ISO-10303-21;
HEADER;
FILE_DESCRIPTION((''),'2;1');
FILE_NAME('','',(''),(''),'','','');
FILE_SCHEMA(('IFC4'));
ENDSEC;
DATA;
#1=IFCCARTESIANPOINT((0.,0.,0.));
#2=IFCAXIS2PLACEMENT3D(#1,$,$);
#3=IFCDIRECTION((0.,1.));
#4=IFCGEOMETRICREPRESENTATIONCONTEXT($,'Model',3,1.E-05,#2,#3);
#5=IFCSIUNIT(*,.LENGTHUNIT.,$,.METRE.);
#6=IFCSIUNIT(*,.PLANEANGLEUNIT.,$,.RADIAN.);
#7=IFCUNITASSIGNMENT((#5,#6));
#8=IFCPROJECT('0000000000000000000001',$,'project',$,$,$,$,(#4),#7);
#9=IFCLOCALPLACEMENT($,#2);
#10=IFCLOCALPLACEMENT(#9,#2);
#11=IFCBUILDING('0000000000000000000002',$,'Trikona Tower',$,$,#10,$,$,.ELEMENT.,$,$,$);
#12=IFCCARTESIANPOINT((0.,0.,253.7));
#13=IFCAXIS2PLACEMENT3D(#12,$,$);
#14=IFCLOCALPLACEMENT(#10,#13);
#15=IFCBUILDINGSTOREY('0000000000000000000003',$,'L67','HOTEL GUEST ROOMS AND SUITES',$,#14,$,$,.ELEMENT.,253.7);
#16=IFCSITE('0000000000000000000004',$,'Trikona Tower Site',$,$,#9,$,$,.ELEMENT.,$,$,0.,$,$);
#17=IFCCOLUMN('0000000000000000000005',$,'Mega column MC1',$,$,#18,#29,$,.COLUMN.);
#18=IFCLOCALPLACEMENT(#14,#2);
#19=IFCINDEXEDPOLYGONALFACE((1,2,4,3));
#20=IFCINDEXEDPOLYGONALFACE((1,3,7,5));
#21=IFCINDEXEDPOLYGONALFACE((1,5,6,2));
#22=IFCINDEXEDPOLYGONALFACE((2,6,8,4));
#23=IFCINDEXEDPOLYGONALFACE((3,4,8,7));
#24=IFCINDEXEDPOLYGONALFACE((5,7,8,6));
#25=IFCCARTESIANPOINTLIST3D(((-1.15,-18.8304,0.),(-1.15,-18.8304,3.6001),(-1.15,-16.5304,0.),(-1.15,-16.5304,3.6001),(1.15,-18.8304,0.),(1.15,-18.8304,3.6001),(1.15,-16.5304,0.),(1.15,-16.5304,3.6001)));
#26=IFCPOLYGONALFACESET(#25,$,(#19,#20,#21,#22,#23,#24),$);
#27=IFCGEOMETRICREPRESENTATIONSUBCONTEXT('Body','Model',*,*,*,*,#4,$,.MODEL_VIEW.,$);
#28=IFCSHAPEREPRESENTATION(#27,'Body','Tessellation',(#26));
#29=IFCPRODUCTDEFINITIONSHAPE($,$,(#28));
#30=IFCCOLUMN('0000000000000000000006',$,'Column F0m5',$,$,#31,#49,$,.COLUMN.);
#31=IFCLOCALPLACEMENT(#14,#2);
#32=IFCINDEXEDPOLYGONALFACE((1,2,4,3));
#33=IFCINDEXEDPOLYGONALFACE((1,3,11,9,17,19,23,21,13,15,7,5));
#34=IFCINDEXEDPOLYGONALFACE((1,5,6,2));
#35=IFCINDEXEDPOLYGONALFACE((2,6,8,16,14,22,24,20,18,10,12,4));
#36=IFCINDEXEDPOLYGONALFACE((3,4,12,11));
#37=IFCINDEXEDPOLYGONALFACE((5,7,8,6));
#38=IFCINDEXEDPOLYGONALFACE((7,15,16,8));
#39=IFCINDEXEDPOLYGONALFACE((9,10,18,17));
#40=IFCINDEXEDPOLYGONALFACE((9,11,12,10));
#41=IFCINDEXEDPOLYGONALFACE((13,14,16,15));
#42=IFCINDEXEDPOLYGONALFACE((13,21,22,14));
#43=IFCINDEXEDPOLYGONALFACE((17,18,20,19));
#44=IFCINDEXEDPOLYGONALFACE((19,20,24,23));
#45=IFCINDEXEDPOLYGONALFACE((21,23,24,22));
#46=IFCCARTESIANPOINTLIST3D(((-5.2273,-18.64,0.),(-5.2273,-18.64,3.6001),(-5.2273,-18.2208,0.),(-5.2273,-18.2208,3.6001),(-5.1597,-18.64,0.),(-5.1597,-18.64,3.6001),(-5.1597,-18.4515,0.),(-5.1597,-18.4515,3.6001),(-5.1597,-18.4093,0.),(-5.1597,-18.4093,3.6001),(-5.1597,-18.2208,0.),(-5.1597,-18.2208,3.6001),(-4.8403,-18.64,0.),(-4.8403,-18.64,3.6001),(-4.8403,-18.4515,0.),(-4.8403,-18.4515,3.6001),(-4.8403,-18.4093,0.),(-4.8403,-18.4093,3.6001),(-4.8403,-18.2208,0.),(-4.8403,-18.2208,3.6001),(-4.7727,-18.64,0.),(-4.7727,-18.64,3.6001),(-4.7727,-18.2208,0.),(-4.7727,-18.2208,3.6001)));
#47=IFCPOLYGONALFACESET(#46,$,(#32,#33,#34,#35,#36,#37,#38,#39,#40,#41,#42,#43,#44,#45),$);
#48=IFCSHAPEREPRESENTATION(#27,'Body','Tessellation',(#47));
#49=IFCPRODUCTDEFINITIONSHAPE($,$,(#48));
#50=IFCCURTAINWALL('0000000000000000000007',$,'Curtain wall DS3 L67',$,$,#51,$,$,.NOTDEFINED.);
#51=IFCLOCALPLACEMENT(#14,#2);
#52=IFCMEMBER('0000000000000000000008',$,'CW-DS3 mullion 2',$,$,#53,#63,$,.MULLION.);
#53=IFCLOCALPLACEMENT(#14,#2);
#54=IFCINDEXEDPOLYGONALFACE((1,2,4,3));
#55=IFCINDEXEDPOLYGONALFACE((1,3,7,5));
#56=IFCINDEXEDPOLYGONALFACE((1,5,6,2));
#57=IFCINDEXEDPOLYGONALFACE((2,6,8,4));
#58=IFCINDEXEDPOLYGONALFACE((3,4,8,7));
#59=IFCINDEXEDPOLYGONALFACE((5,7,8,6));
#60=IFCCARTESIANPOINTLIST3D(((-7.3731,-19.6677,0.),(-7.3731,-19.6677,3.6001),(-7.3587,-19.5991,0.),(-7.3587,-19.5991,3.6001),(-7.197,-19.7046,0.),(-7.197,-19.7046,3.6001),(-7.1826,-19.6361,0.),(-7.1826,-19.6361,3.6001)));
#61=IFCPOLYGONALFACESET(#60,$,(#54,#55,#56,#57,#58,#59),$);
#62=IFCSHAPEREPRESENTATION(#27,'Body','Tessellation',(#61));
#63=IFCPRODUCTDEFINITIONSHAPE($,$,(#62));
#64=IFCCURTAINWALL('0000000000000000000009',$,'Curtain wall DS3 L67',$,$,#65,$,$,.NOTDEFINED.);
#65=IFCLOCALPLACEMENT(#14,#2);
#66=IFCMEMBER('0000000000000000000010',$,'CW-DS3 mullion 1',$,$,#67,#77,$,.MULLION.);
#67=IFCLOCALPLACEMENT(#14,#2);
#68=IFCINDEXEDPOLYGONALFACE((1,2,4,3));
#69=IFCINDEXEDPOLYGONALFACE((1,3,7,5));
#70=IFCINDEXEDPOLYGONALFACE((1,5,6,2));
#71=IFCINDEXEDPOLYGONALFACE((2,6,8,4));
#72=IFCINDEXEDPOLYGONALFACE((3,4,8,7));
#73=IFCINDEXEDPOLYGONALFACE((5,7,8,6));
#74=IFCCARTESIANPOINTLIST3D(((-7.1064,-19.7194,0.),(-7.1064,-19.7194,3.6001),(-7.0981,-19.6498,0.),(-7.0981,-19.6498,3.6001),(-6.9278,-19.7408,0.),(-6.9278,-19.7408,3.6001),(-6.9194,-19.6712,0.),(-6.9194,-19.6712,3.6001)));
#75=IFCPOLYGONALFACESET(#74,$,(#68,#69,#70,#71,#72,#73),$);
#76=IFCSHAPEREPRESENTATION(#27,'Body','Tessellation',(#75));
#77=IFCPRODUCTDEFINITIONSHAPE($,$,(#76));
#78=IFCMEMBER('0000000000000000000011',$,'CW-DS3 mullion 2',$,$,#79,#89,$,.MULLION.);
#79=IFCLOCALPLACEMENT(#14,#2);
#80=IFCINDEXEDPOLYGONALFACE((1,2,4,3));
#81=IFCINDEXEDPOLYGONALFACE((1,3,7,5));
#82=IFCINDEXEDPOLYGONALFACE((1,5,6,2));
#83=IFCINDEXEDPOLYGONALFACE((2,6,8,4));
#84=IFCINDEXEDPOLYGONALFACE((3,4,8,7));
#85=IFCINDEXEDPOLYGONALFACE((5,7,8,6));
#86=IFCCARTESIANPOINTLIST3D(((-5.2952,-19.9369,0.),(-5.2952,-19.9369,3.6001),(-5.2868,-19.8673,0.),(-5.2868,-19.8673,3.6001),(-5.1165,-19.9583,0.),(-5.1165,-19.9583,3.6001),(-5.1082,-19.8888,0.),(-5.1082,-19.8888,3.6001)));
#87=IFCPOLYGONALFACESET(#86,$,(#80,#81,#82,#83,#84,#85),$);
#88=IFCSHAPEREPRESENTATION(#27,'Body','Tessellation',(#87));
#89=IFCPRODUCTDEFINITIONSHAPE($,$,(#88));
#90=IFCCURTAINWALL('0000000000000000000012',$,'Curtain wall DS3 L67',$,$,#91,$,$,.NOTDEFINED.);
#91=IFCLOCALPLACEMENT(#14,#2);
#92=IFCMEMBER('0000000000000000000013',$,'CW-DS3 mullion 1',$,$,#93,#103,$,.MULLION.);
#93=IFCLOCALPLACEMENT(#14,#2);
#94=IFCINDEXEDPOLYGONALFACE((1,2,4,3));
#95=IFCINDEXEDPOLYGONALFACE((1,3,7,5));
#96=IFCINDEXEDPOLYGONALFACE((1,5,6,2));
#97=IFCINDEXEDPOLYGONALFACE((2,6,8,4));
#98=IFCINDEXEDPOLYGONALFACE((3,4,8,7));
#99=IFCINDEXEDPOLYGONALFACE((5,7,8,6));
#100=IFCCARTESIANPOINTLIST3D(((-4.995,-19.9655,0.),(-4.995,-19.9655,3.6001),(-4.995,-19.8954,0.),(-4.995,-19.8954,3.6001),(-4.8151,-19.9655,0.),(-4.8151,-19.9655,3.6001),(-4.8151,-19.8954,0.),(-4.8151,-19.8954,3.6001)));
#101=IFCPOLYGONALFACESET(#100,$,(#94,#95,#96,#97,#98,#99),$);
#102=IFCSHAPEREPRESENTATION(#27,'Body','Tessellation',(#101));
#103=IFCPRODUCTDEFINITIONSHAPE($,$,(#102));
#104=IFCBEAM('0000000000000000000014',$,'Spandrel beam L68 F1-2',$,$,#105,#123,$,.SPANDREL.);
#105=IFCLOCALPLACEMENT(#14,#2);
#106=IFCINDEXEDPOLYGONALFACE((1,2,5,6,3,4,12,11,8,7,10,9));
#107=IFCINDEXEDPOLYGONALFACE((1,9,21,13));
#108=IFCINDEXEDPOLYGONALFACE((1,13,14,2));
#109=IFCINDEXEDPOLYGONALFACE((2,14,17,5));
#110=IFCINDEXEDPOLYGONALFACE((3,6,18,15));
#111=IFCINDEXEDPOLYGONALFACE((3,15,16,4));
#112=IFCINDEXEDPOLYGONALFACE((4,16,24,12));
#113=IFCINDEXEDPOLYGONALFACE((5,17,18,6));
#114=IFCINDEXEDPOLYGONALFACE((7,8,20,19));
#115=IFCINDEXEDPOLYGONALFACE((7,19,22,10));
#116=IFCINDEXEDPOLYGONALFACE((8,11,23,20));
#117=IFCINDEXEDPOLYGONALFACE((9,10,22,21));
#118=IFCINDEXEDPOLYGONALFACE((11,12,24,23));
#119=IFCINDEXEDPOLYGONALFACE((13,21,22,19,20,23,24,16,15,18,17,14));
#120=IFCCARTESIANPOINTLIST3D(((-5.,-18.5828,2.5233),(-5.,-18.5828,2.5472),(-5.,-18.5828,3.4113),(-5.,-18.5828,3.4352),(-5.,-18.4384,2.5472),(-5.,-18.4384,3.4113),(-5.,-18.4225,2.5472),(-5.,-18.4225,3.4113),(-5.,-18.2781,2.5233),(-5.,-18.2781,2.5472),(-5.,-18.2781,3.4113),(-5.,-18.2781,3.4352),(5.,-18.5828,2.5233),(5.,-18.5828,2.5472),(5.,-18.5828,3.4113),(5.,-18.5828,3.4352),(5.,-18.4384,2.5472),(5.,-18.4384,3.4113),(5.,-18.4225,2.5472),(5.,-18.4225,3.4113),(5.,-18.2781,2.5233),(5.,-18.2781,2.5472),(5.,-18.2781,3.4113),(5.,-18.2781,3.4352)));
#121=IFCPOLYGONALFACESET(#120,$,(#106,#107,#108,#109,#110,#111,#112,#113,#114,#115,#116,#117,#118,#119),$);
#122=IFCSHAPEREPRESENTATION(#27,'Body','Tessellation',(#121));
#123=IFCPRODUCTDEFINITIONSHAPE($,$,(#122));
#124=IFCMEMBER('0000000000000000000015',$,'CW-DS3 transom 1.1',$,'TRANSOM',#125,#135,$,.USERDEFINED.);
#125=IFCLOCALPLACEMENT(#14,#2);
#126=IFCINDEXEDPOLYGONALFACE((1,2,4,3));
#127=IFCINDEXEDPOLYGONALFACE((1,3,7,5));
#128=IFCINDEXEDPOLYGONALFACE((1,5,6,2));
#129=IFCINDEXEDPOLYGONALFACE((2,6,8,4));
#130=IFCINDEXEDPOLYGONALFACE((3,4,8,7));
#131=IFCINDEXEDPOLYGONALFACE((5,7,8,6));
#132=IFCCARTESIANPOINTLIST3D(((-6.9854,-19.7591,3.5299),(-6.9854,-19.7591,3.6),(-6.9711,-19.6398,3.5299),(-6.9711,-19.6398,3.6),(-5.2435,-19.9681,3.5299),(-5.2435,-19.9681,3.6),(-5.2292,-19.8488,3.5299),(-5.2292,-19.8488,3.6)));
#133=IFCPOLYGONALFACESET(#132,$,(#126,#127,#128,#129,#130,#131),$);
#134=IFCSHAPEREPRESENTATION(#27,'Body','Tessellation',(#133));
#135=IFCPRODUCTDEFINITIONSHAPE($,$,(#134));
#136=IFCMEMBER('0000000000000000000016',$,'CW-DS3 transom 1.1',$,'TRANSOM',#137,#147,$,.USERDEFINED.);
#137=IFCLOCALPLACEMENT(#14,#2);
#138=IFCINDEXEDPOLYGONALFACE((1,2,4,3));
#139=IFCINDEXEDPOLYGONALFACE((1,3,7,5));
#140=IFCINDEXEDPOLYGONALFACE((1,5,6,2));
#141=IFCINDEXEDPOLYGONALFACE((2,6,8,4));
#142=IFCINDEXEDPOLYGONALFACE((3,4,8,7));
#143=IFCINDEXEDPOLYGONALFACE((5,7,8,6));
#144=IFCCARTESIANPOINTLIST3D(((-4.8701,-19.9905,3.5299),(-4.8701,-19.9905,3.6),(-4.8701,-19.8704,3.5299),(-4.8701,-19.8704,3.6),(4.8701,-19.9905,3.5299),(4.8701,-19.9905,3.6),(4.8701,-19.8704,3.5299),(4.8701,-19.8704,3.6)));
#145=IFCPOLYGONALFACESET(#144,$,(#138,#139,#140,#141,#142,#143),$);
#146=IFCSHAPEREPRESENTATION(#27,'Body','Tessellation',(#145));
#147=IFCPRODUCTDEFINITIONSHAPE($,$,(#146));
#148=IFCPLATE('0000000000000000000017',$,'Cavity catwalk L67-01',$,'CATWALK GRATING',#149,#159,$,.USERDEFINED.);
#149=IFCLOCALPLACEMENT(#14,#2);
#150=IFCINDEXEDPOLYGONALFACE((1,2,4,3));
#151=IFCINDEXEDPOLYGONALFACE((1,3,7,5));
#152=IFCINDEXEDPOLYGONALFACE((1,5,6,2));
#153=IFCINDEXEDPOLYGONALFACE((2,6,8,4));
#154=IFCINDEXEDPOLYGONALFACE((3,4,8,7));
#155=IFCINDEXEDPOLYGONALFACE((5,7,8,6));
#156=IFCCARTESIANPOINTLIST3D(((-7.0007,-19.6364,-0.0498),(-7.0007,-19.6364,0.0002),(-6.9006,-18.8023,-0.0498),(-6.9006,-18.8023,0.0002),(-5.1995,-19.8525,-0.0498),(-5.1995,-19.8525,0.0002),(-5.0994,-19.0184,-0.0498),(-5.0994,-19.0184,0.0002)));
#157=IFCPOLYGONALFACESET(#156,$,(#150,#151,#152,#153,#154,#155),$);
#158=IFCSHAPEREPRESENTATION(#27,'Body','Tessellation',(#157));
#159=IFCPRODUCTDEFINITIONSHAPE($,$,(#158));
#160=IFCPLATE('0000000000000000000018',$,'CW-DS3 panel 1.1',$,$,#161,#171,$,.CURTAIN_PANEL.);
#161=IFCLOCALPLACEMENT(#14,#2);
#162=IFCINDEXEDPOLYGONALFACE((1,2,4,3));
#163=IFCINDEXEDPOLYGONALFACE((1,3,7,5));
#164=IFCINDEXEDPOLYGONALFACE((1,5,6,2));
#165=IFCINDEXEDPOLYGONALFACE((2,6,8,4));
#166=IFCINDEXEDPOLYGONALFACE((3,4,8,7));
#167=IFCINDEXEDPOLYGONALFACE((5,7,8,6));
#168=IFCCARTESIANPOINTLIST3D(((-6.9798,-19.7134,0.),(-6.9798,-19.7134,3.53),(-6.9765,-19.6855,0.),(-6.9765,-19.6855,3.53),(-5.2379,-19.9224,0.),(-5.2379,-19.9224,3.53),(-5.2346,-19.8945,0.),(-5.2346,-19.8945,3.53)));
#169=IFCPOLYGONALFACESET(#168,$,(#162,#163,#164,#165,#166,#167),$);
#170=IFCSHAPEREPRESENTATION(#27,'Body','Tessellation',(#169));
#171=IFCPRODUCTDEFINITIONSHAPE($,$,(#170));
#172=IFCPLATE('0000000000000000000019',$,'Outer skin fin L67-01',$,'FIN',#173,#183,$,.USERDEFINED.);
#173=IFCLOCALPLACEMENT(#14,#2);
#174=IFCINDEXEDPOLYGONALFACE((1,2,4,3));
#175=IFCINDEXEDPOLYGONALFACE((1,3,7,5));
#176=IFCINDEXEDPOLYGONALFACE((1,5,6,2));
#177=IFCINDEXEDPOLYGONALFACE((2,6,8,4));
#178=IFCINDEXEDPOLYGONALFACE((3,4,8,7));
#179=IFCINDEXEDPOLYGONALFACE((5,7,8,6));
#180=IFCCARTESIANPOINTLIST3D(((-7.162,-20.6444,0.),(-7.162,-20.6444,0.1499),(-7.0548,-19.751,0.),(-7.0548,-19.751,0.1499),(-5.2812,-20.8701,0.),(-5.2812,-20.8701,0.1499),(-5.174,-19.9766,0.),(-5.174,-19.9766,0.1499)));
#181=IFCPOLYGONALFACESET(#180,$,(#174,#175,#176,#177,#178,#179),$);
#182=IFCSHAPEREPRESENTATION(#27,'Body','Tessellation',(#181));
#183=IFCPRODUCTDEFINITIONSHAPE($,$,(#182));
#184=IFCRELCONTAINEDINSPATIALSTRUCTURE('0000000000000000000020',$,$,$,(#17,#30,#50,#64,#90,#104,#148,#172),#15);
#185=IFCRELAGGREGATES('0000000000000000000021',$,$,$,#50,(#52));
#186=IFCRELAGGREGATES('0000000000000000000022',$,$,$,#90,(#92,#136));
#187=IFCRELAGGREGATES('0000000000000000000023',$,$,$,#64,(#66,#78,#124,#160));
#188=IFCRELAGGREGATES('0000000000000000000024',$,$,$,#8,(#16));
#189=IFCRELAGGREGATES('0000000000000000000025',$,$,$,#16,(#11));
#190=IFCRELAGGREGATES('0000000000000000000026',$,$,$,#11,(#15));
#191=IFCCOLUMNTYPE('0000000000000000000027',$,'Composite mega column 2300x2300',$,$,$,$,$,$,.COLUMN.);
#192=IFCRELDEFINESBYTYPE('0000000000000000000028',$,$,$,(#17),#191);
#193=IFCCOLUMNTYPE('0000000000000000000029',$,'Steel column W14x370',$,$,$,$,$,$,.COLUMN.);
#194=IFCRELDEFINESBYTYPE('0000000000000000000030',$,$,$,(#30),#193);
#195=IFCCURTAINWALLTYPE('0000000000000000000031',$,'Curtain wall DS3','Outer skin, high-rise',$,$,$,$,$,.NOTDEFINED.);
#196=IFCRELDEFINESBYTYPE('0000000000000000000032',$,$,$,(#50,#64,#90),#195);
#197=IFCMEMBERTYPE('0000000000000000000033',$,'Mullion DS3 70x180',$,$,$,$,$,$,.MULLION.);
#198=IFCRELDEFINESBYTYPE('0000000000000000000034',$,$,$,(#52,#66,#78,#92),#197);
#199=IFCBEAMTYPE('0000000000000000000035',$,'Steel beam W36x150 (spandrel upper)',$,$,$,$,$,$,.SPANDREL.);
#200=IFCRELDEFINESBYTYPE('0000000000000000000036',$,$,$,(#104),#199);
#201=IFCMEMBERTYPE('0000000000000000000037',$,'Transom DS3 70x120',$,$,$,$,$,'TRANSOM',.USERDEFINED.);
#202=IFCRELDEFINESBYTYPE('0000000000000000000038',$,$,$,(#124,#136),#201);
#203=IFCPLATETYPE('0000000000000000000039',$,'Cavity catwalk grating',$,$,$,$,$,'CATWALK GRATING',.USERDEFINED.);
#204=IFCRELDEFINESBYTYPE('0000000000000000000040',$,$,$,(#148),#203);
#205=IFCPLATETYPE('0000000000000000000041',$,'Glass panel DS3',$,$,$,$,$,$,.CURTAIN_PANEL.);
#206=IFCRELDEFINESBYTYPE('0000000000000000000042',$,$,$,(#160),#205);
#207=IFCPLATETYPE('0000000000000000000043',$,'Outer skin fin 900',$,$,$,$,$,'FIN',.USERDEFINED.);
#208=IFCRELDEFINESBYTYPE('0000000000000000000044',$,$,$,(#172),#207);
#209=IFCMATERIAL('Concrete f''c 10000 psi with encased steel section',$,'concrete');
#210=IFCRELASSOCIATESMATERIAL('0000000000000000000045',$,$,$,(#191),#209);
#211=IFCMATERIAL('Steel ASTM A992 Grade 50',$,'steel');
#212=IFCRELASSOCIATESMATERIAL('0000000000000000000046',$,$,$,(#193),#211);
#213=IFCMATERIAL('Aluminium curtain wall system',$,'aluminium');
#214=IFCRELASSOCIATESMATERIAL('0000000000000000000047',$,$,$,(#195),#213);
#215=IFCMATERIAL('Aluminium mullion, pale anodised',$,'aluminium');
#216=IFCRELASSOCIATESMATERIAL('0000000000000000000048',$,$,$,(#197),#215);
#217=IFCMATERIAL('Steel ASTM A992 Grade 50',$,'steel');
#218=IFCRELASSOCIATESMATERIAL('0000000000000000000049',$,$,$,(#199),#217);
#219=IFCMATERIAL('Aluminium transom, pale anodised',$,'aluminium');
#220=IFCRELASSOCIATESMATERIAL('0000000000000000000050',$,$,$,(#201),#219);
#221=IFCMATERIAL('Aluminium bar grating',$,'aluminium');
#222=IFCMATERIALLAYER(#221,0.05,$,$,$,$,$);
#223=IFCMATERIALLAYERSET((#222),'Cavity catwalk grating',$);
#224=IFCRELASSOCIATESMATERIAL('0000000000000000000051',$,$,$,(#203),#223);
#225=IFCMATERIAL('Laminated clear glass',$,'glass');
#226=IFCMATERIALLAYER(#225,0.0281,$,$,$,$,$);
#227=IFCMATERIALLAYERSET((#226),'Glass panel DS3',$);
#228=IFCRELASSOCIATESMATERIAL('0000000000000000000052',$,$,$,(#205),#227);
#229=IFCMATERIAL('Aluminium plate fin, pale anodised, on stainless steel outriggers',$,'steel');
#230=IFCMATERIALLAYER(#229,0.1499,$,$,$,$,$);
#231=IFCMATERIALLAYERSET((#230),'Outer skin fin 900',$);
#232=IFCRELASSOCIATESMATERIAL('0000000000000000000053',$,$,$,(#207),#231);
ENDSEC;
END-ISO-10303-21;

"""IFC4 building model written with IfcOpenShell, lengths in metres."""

from ifc_helpers import new_model, si_unit, direction, frame, origin, origin_2d, place, context, subcontext, project, spatial, rectangle, i_section, extrude, material, layer, layer_set, material_profile, profile_set, type_object, element, aggregate, save


model = new_model("IFC4")

# Units and contexts
model_context = context("Model", 3, precision=1e-05, world=origin(), true_north=direction((0.0, 1.0)))
body_context = subcontext(model_context, "Body", "Model", "MODEL_VIEW")
ifc_project = project(units=[si_unit("LENGTHUNIT", "METRE"), si_unit("PLANEANGLEUNIT", "RADIAN")], contexts=[model_context])

# Site, building, storey
site_placement = place(None, origin())
site = spatial("IfcSite", under=ifc_project, at=site_placement, Name="Trikona Tower Site", CompositionType="ELEMENT", RefElevation=0.0)
building_placement = place(site_placement, origin())
building = spatial("IfcBuilding", under=site, at=building_placement, Name="Trikona Tower", CompositionType="ELEMENT")
storey_placement = place(building_placement, frame((0.0, 0.0, 253.7)))
storey = spatial("IfcBuildingStorey", under=building, at=storey_placement, Name="L67", Description="HOTEL GUEST ROOMS AND SUITES", CompositionType="ELEMENT", Elevation=253.7)

# Columns
ifc_material_1 = material(Name="Concrete f'c 10000 psi with encased steel section", Category="concrete")
ifc_material_profile_1 = material_profile(ifc_material_1, rectangle(XDim=2.3, YDim=2.3, at=origin_2d()), Name="MC2300")
ifc_profile_set_1 = profile_set([ifc_material_profile_1], Name="Concrete f'c 10000 psi with encased steel section")
column_type_1 = type_object("IfcColumnType", Name="Composite mega column 2300x2300", PredefinedType="COLUMN", material=ifc_profile_set_1)
column_1_placement = place(storey_placement, frame((0.0, -17.6804, 0.0), z_axis=(0.0, 0.0, 1.0), x_axis=(0.0, -1.0, 0.0)))
element("IfcColumn", 1, at=column_1_placement, inside=storey, type_object=column_type_1, Name="Mega column MC1", PredefinedType="COLUMN", context=body_context, shape_type="SweptSolid", body=[
    extrude(rectangle(XDim=2.3, YDim=2.3, at=origin_2d()), origin(), (0.0, 0.0, 1.0), 3.6001),
])
ifc_material_2 = material(Name="Steel ASTM A992 Grade 50", Category="steel")
ifc_material_profile_2 = material_profile(ifc_material_2, i_section(OverallWidth=0.4192, OverallDepth=0.4546, WebThickness=0.0422, FlangeThickness=0.0676, at=origin_2d()), Name="W14X370")
ifc_profile_set_2 = profile_set([ifc_material_profile_2], Name="Steel ASTM A992 Grade 50")
column_type_2 = type_object("IfcColumnType", Name="Steel column W14x370", PredefinedType="COLUMN", material=ifc_profile_set_2)
column_2_placement = place(storey_placement, frame((-5.0, -18.4304, 0.0), z_axis=(0.0, 0.0, 1.0), x_axis=(0.0, -1.0, 0.0)))
element("IfcColumn", 2, at=column_2_placement, inside=storey, type_object=column_type_2, Name="Column F0m5", PredefinedType="COLUMN", context=body_context, shape_type="SweptSolid", body=[
    extrude(i_section(OverallWidth=0.4192, OverallDepth=0.4546, WebThickness=0.0422, FlangeThickness=0.0676, at=origin_2d()), origin(), (0.0, 0.0, 1.0), 3.6001),
])

# Curtain wall, member
ifc_material_3 = material(Name="Aluminium curtain wall system", Category="aluminium")
curtain_wall_type = type_object("IfcCurtainWallType", Name="Curtain wall DS3", Description="Outer skin, high-rise", PredefinedType="NOTDEFINED", material=ifc_material_3)
curtain_wall_1_placement = place(storey_placement, origin())
curtain_wall_1 = element("IfcCurtainWall", 3, at=curtain_wall_1_placement, inside=storey, type_object=curtain_wall_type, Name="Curtain wall DS3 L67", PredefinedType="NOTDEFINED")
ifc_material_4 = material(Name="Aluminium mullion, pale anodised", Category="aluminium")
ifc_material_profile_3 = material_profile(ifc_material_4, rectangle(XDim=0.0701, YDim=0.1799, at=origin_2d()), Name="MUL-DS3")
ifc_profile_set_3 = profile_set([ifc_material_profile_3], Name="Aluminium mullion, pale anodised")
member_type_1 = type_object("IfcMemberType", Name="Mullion DS3 70x180", PredefinedType="MULLION", material=ifc_profile_set_3)
member_1_placement = place(storey_placement, frame((-7.2778, -19.6519, 0.0), z_axis=(0.0, 0.0, 1.0), x_axis=(0.205527, 0.978651, 0.0)))
member_1 = element("IfcMember", 4, at=member_1_placement, type_object=member_type_1, Name="CW-DS3 mullion 2", PredefinedType="MULLION", context=body_context, shape_type="SweptSolid", body=[
    extrude(rectangle(XDim=0.0701, YDim=0.1799, at=origin_2d()), origin(), (0.0, 0.0, 1.0), 3.6001),
])
aggregate(curtain_wall_1, [member_1])

# Curtain wall, members
curtain_wall_2_placement = place(storey_placement, origin())
curtain_wall_2 = element("IfcCurtainWall", 5, at=curtain_wall_2_placement, inside=storey, type_object=curtain_wall_type, Name="Curtain wall DS3 L67", PredefinedType="NOTDEFINED")
member_2_placement = place(storey_placement, frame((-7.0129, -19.6953, 0.0), z_axis=(0.0, 0.0, 1.0), x_axis=(0.119141, 0.992877, 0.0)))
member_2 = element("IfcMember", 6, at=member_2_placement, type_object=member_type_1, Name="CW-DS3 mullion 1", PredefinedType="MULLION", context=body_context, shape_type="SweptSolid", body=[
    extrude(rectangle(XDim=0.0701, YDim=0.1799, at=origin_2d()), origin(), (0.0, 0.0, 1.0), 3.6001),
])
member_3_placement = place(storey_placement, frame((-5.2017, -19.9128, 0.0), z_axis=(0.0, 0.0, 1.0), x_axis=(0.119141, 0.992877, 0.0)))
member_3 = element("IfcMember", 7, at=member_3_placement, type_object=member_type_1, Name="CW-DS3 mullion 2", PredefinedType="MULLION", context=body_context, shape_type="SweptSolid", body=[
    extrude(rectangle(XDim=0.0701, YDim=0.1799, at=origin_2d()), origin(), (0.0, 0.0, 1.0), 3.6001),
])

# Curtain wall, member
curtain_wall_3_placement = place(storey_placement, origin())
curtain_wall_3 = element("IfcCurtainWall", 8, at=curtain_wall_3_placement, inside=storey, type_object=curtain_wall_type, Name="Curtain wall DS3 L67", PredefinedType="NOTDEFINED")
member_4_placement = place(storey_placement, frame((-4.905, -19.9304, 0.0), z_axis=(0.0, 0.0, 1.0), x_axis=(0.0, 1.0, 0.0)))
member_4 = element("IfcMember", 9, at=member_4_placement, type_object=member_type_1, Name="CW-DS3 mullion 1", PredefinedType="MULLION", context=body_context, shape_type="SweptSolid", body=[
    extrude(rectangle(XDim=0.0701, YDim=0.1799, at=origin_2d()), origin(), (0.0, 0.0, 1.0), 3.6001),
])

# Beam
ifc_material_5 = material(Name="Steel ASTM A992 Grade 50", Category="steel")
ifc_material_profile_4 = material_profile(ifc_material_5, i_section(OverallWidth=0.3047, OverallDepth=0.9119, WebThickness=0.0159, FlangeThickness=0.0239, at=origin_2d()), Name="W36X150")
ifc_profile_set_4 = profile_set([ifc_material_profile_4], Name="Steel ASTM A992 Grade 50")
beam_type = type_object("IfcBeamType", Name="Steel beam W36x150 (spandrel upper)", PredefinedType="SPANDREL", material=ifc_profile_set_4)
beam_placement = place(storey_placement, frame((-5.0, -18.4304, 2.9792), z_axis=(1.0, 0.0, 0.0), x_axis=(0.0, 1.0, 0.0)))
element("IfcBeam", 10, at=beam_placement, inside=storey, type_object=beam_type, Name="Spandrel beam L68 F1-2", PredefinedType="SPANDREL", context=body_context, shape_type="SweptSolid", body=[
    extrude(i_section(OverallWidth=0.3047, OverallDepth=0.9119, WebThickness=0.0159, FlangeThickness=0.0239, at=origin_2d()), origin(), (0.0, 0.0, 1.0), 10.0),
])

# Members
ifc_material_6 = material(Name="Aluminium transom, pale anodised", Category="aluminium")
ifc_material_profile_5 = material_profile(ifc_material_6, rectangle(XDim=0.1201, YDim=0.0701, at=origin_2d()), Name="TRN-DS3")
ifc_profile_set_5 = profile_set([ifc_material_profile_5], Name="Aluminium transom, pale anodised")
member_type_2 = type_object("IfcMemberType", Name="Transom DS3 70x120", ElementType="TRANSOM", PredefinedType="USERDEFINED", material=ifc_profile_set_5)
member_5_placement = place(storey_placement, frame((-6.9783, -19.6995, 3.5649), z_axis=(0.99288, -0.119118, 0.0), x_axis=(0.119118, 0.99288, 0.0)))
member_5 = element("IfcMember", 11, at=member_5_placement, type_object=member_type_2, Name="CW-DS3 transom 1.1", ObjectType="TRANSOM", PredefinedType="USERDEFINED", context=body_context, shape_type="SweptSolid", body=[
    extrude(rectangle(XDim=0.1201, YDim=0.0701, at=origin_2d()), origin(), (0.0, 0.0, 1.0), 1.7544),
])
member_6_placement = place(storey_placement, frame((-4.8701, -19.9304, 3.5649), z_axis=(1.0, 0.0, 0.0), x_axis=(0.0, 1.0, 0.0)))
member_6 = element("IfcMember", 12, at=member_6_placement, type_object=member_type_2, Name="CW-DS3 transom 1.1", ObjectType="TRANSOM", PredefinedType="USERDEFINED", context=body_context, shape_type="SweptSolid", body=[
    extrude(rectangle(XDim=0.1201, YDim=0.0701, at=origin_2d()), origin(), (0.0, 0.0, 1.0), 9.7402),
])
aggregate(curtain_wall_3, [member_4, member_6])

# Plates
ifc_material_7 = material(Name="Aluminium bar grating", Category="aluminium")
ifc_layer_1 = layer(ifc_material_7, 0.05)
ifc_layer_set_1 = layer_set([ifc_layer_1], Name="Cavity catwalk grating")
plate_type_1 = type_object("IfcPlateType", Name="Cavity catwalk grating", ElementType="CATWALK GRATING", PredefinedType="USERDEFINED", material=ifc_layer_set_1)
plate_1_placement = place(storey_placement, frame((-6.05, -19.3274, -0.0498), z_axis=(0.0, 0.0, 1.0), x_axis=(0.992877, -0.119146, 0.0)))
element("IfcPlate", 13, at=plate_1_placement, inside=storey, type_object=plate_type_1, Name="Cavity catwalk L67-01", ObjectType="CATWALK GRATING", PredefinedType="USERDEFINED", context=body_context, shape_type="SweptSolid", body=[
    extrude(rectangle(XDim=1.8142, YDim=0.8401, at=origin_2d()), origin(), (0.0, 0.0, 1.0), 0.05),
])
ifc_material_8 = material(Name="Laminated clear glass", Category="glass")
ifc_layer_2 = layer(ifc_material_8, 0.0281)
ifc_layer_set_2 = layer_set([ifc_layer_2], Name="Glass panel DS3")
plate_type_2 = type_object("IfcPlateType", Name="Glass panel DS3", PredefinedType="CURTAIN_PANEL", material=ifc_layer_set_2)
plate_2_placement = place(storey_placement, frame((-6.1072, -19.804, 0.0), z_axis=(0.0, 0.0, 1.0), x_axis=(0.992877, -0.119141, 0.0)))
plate_2 = element("IfcPlate", 14, at=plate_2_placement, type_object=plate_type_2, Name="CW-DS3 panel 1.1", PredefinedType="CURTAIN_PANEL", context=body_context, shape_type="SweptSolid", body=[
    extrude(rectangle(XDim=1.7544, YDim=0.0281, at=origin_2d()), origin(), (0.0, 0.0, 1.0), 3.53),
])
aggregate(curtain_wall_2, [member_2, member_3, member_5, plate_2])
ifc_material_9 = material(Name="Aluminium plate fin, pale anodised, on stainless steel outriggers", Category="steel")
ifc_layer_3 = layer(ifc_material_9, 0.1499)
ifc_layer_set_3 = layer_set([ifc_layer_3], Name="Outer skin fin 900")
plate_type_3 = type_object("IfcPlateType", Name="Outer skin fin 900", ElementType="FIN", PredefinedType="USERDEFINED", material=ifc_layer_set_3)
plate_3_placement = place(storey_placement, frame((-6.168, -20.3105, 0.0), z_axis=(0.0, 0.0, 1.0), x_axis=(0.992877, -0.119146, 0.0)))
element("IfcPlate", 15, at=plate_3_placement, inside=storey, type_object=plate_type_3, Name="Outer skin fin L67-01", ObjectType="FIN", PredefinedType="USERDEFINED", context=body_context, shape_type="SweptSolid", body=[
    extrude(rectangle(XDim=1.8943, YDim=0.8999, at=origin_2d()), origin(), (0.0, 0.0, 1.0), 0.1499),
])

save(model, "model.ifc")
